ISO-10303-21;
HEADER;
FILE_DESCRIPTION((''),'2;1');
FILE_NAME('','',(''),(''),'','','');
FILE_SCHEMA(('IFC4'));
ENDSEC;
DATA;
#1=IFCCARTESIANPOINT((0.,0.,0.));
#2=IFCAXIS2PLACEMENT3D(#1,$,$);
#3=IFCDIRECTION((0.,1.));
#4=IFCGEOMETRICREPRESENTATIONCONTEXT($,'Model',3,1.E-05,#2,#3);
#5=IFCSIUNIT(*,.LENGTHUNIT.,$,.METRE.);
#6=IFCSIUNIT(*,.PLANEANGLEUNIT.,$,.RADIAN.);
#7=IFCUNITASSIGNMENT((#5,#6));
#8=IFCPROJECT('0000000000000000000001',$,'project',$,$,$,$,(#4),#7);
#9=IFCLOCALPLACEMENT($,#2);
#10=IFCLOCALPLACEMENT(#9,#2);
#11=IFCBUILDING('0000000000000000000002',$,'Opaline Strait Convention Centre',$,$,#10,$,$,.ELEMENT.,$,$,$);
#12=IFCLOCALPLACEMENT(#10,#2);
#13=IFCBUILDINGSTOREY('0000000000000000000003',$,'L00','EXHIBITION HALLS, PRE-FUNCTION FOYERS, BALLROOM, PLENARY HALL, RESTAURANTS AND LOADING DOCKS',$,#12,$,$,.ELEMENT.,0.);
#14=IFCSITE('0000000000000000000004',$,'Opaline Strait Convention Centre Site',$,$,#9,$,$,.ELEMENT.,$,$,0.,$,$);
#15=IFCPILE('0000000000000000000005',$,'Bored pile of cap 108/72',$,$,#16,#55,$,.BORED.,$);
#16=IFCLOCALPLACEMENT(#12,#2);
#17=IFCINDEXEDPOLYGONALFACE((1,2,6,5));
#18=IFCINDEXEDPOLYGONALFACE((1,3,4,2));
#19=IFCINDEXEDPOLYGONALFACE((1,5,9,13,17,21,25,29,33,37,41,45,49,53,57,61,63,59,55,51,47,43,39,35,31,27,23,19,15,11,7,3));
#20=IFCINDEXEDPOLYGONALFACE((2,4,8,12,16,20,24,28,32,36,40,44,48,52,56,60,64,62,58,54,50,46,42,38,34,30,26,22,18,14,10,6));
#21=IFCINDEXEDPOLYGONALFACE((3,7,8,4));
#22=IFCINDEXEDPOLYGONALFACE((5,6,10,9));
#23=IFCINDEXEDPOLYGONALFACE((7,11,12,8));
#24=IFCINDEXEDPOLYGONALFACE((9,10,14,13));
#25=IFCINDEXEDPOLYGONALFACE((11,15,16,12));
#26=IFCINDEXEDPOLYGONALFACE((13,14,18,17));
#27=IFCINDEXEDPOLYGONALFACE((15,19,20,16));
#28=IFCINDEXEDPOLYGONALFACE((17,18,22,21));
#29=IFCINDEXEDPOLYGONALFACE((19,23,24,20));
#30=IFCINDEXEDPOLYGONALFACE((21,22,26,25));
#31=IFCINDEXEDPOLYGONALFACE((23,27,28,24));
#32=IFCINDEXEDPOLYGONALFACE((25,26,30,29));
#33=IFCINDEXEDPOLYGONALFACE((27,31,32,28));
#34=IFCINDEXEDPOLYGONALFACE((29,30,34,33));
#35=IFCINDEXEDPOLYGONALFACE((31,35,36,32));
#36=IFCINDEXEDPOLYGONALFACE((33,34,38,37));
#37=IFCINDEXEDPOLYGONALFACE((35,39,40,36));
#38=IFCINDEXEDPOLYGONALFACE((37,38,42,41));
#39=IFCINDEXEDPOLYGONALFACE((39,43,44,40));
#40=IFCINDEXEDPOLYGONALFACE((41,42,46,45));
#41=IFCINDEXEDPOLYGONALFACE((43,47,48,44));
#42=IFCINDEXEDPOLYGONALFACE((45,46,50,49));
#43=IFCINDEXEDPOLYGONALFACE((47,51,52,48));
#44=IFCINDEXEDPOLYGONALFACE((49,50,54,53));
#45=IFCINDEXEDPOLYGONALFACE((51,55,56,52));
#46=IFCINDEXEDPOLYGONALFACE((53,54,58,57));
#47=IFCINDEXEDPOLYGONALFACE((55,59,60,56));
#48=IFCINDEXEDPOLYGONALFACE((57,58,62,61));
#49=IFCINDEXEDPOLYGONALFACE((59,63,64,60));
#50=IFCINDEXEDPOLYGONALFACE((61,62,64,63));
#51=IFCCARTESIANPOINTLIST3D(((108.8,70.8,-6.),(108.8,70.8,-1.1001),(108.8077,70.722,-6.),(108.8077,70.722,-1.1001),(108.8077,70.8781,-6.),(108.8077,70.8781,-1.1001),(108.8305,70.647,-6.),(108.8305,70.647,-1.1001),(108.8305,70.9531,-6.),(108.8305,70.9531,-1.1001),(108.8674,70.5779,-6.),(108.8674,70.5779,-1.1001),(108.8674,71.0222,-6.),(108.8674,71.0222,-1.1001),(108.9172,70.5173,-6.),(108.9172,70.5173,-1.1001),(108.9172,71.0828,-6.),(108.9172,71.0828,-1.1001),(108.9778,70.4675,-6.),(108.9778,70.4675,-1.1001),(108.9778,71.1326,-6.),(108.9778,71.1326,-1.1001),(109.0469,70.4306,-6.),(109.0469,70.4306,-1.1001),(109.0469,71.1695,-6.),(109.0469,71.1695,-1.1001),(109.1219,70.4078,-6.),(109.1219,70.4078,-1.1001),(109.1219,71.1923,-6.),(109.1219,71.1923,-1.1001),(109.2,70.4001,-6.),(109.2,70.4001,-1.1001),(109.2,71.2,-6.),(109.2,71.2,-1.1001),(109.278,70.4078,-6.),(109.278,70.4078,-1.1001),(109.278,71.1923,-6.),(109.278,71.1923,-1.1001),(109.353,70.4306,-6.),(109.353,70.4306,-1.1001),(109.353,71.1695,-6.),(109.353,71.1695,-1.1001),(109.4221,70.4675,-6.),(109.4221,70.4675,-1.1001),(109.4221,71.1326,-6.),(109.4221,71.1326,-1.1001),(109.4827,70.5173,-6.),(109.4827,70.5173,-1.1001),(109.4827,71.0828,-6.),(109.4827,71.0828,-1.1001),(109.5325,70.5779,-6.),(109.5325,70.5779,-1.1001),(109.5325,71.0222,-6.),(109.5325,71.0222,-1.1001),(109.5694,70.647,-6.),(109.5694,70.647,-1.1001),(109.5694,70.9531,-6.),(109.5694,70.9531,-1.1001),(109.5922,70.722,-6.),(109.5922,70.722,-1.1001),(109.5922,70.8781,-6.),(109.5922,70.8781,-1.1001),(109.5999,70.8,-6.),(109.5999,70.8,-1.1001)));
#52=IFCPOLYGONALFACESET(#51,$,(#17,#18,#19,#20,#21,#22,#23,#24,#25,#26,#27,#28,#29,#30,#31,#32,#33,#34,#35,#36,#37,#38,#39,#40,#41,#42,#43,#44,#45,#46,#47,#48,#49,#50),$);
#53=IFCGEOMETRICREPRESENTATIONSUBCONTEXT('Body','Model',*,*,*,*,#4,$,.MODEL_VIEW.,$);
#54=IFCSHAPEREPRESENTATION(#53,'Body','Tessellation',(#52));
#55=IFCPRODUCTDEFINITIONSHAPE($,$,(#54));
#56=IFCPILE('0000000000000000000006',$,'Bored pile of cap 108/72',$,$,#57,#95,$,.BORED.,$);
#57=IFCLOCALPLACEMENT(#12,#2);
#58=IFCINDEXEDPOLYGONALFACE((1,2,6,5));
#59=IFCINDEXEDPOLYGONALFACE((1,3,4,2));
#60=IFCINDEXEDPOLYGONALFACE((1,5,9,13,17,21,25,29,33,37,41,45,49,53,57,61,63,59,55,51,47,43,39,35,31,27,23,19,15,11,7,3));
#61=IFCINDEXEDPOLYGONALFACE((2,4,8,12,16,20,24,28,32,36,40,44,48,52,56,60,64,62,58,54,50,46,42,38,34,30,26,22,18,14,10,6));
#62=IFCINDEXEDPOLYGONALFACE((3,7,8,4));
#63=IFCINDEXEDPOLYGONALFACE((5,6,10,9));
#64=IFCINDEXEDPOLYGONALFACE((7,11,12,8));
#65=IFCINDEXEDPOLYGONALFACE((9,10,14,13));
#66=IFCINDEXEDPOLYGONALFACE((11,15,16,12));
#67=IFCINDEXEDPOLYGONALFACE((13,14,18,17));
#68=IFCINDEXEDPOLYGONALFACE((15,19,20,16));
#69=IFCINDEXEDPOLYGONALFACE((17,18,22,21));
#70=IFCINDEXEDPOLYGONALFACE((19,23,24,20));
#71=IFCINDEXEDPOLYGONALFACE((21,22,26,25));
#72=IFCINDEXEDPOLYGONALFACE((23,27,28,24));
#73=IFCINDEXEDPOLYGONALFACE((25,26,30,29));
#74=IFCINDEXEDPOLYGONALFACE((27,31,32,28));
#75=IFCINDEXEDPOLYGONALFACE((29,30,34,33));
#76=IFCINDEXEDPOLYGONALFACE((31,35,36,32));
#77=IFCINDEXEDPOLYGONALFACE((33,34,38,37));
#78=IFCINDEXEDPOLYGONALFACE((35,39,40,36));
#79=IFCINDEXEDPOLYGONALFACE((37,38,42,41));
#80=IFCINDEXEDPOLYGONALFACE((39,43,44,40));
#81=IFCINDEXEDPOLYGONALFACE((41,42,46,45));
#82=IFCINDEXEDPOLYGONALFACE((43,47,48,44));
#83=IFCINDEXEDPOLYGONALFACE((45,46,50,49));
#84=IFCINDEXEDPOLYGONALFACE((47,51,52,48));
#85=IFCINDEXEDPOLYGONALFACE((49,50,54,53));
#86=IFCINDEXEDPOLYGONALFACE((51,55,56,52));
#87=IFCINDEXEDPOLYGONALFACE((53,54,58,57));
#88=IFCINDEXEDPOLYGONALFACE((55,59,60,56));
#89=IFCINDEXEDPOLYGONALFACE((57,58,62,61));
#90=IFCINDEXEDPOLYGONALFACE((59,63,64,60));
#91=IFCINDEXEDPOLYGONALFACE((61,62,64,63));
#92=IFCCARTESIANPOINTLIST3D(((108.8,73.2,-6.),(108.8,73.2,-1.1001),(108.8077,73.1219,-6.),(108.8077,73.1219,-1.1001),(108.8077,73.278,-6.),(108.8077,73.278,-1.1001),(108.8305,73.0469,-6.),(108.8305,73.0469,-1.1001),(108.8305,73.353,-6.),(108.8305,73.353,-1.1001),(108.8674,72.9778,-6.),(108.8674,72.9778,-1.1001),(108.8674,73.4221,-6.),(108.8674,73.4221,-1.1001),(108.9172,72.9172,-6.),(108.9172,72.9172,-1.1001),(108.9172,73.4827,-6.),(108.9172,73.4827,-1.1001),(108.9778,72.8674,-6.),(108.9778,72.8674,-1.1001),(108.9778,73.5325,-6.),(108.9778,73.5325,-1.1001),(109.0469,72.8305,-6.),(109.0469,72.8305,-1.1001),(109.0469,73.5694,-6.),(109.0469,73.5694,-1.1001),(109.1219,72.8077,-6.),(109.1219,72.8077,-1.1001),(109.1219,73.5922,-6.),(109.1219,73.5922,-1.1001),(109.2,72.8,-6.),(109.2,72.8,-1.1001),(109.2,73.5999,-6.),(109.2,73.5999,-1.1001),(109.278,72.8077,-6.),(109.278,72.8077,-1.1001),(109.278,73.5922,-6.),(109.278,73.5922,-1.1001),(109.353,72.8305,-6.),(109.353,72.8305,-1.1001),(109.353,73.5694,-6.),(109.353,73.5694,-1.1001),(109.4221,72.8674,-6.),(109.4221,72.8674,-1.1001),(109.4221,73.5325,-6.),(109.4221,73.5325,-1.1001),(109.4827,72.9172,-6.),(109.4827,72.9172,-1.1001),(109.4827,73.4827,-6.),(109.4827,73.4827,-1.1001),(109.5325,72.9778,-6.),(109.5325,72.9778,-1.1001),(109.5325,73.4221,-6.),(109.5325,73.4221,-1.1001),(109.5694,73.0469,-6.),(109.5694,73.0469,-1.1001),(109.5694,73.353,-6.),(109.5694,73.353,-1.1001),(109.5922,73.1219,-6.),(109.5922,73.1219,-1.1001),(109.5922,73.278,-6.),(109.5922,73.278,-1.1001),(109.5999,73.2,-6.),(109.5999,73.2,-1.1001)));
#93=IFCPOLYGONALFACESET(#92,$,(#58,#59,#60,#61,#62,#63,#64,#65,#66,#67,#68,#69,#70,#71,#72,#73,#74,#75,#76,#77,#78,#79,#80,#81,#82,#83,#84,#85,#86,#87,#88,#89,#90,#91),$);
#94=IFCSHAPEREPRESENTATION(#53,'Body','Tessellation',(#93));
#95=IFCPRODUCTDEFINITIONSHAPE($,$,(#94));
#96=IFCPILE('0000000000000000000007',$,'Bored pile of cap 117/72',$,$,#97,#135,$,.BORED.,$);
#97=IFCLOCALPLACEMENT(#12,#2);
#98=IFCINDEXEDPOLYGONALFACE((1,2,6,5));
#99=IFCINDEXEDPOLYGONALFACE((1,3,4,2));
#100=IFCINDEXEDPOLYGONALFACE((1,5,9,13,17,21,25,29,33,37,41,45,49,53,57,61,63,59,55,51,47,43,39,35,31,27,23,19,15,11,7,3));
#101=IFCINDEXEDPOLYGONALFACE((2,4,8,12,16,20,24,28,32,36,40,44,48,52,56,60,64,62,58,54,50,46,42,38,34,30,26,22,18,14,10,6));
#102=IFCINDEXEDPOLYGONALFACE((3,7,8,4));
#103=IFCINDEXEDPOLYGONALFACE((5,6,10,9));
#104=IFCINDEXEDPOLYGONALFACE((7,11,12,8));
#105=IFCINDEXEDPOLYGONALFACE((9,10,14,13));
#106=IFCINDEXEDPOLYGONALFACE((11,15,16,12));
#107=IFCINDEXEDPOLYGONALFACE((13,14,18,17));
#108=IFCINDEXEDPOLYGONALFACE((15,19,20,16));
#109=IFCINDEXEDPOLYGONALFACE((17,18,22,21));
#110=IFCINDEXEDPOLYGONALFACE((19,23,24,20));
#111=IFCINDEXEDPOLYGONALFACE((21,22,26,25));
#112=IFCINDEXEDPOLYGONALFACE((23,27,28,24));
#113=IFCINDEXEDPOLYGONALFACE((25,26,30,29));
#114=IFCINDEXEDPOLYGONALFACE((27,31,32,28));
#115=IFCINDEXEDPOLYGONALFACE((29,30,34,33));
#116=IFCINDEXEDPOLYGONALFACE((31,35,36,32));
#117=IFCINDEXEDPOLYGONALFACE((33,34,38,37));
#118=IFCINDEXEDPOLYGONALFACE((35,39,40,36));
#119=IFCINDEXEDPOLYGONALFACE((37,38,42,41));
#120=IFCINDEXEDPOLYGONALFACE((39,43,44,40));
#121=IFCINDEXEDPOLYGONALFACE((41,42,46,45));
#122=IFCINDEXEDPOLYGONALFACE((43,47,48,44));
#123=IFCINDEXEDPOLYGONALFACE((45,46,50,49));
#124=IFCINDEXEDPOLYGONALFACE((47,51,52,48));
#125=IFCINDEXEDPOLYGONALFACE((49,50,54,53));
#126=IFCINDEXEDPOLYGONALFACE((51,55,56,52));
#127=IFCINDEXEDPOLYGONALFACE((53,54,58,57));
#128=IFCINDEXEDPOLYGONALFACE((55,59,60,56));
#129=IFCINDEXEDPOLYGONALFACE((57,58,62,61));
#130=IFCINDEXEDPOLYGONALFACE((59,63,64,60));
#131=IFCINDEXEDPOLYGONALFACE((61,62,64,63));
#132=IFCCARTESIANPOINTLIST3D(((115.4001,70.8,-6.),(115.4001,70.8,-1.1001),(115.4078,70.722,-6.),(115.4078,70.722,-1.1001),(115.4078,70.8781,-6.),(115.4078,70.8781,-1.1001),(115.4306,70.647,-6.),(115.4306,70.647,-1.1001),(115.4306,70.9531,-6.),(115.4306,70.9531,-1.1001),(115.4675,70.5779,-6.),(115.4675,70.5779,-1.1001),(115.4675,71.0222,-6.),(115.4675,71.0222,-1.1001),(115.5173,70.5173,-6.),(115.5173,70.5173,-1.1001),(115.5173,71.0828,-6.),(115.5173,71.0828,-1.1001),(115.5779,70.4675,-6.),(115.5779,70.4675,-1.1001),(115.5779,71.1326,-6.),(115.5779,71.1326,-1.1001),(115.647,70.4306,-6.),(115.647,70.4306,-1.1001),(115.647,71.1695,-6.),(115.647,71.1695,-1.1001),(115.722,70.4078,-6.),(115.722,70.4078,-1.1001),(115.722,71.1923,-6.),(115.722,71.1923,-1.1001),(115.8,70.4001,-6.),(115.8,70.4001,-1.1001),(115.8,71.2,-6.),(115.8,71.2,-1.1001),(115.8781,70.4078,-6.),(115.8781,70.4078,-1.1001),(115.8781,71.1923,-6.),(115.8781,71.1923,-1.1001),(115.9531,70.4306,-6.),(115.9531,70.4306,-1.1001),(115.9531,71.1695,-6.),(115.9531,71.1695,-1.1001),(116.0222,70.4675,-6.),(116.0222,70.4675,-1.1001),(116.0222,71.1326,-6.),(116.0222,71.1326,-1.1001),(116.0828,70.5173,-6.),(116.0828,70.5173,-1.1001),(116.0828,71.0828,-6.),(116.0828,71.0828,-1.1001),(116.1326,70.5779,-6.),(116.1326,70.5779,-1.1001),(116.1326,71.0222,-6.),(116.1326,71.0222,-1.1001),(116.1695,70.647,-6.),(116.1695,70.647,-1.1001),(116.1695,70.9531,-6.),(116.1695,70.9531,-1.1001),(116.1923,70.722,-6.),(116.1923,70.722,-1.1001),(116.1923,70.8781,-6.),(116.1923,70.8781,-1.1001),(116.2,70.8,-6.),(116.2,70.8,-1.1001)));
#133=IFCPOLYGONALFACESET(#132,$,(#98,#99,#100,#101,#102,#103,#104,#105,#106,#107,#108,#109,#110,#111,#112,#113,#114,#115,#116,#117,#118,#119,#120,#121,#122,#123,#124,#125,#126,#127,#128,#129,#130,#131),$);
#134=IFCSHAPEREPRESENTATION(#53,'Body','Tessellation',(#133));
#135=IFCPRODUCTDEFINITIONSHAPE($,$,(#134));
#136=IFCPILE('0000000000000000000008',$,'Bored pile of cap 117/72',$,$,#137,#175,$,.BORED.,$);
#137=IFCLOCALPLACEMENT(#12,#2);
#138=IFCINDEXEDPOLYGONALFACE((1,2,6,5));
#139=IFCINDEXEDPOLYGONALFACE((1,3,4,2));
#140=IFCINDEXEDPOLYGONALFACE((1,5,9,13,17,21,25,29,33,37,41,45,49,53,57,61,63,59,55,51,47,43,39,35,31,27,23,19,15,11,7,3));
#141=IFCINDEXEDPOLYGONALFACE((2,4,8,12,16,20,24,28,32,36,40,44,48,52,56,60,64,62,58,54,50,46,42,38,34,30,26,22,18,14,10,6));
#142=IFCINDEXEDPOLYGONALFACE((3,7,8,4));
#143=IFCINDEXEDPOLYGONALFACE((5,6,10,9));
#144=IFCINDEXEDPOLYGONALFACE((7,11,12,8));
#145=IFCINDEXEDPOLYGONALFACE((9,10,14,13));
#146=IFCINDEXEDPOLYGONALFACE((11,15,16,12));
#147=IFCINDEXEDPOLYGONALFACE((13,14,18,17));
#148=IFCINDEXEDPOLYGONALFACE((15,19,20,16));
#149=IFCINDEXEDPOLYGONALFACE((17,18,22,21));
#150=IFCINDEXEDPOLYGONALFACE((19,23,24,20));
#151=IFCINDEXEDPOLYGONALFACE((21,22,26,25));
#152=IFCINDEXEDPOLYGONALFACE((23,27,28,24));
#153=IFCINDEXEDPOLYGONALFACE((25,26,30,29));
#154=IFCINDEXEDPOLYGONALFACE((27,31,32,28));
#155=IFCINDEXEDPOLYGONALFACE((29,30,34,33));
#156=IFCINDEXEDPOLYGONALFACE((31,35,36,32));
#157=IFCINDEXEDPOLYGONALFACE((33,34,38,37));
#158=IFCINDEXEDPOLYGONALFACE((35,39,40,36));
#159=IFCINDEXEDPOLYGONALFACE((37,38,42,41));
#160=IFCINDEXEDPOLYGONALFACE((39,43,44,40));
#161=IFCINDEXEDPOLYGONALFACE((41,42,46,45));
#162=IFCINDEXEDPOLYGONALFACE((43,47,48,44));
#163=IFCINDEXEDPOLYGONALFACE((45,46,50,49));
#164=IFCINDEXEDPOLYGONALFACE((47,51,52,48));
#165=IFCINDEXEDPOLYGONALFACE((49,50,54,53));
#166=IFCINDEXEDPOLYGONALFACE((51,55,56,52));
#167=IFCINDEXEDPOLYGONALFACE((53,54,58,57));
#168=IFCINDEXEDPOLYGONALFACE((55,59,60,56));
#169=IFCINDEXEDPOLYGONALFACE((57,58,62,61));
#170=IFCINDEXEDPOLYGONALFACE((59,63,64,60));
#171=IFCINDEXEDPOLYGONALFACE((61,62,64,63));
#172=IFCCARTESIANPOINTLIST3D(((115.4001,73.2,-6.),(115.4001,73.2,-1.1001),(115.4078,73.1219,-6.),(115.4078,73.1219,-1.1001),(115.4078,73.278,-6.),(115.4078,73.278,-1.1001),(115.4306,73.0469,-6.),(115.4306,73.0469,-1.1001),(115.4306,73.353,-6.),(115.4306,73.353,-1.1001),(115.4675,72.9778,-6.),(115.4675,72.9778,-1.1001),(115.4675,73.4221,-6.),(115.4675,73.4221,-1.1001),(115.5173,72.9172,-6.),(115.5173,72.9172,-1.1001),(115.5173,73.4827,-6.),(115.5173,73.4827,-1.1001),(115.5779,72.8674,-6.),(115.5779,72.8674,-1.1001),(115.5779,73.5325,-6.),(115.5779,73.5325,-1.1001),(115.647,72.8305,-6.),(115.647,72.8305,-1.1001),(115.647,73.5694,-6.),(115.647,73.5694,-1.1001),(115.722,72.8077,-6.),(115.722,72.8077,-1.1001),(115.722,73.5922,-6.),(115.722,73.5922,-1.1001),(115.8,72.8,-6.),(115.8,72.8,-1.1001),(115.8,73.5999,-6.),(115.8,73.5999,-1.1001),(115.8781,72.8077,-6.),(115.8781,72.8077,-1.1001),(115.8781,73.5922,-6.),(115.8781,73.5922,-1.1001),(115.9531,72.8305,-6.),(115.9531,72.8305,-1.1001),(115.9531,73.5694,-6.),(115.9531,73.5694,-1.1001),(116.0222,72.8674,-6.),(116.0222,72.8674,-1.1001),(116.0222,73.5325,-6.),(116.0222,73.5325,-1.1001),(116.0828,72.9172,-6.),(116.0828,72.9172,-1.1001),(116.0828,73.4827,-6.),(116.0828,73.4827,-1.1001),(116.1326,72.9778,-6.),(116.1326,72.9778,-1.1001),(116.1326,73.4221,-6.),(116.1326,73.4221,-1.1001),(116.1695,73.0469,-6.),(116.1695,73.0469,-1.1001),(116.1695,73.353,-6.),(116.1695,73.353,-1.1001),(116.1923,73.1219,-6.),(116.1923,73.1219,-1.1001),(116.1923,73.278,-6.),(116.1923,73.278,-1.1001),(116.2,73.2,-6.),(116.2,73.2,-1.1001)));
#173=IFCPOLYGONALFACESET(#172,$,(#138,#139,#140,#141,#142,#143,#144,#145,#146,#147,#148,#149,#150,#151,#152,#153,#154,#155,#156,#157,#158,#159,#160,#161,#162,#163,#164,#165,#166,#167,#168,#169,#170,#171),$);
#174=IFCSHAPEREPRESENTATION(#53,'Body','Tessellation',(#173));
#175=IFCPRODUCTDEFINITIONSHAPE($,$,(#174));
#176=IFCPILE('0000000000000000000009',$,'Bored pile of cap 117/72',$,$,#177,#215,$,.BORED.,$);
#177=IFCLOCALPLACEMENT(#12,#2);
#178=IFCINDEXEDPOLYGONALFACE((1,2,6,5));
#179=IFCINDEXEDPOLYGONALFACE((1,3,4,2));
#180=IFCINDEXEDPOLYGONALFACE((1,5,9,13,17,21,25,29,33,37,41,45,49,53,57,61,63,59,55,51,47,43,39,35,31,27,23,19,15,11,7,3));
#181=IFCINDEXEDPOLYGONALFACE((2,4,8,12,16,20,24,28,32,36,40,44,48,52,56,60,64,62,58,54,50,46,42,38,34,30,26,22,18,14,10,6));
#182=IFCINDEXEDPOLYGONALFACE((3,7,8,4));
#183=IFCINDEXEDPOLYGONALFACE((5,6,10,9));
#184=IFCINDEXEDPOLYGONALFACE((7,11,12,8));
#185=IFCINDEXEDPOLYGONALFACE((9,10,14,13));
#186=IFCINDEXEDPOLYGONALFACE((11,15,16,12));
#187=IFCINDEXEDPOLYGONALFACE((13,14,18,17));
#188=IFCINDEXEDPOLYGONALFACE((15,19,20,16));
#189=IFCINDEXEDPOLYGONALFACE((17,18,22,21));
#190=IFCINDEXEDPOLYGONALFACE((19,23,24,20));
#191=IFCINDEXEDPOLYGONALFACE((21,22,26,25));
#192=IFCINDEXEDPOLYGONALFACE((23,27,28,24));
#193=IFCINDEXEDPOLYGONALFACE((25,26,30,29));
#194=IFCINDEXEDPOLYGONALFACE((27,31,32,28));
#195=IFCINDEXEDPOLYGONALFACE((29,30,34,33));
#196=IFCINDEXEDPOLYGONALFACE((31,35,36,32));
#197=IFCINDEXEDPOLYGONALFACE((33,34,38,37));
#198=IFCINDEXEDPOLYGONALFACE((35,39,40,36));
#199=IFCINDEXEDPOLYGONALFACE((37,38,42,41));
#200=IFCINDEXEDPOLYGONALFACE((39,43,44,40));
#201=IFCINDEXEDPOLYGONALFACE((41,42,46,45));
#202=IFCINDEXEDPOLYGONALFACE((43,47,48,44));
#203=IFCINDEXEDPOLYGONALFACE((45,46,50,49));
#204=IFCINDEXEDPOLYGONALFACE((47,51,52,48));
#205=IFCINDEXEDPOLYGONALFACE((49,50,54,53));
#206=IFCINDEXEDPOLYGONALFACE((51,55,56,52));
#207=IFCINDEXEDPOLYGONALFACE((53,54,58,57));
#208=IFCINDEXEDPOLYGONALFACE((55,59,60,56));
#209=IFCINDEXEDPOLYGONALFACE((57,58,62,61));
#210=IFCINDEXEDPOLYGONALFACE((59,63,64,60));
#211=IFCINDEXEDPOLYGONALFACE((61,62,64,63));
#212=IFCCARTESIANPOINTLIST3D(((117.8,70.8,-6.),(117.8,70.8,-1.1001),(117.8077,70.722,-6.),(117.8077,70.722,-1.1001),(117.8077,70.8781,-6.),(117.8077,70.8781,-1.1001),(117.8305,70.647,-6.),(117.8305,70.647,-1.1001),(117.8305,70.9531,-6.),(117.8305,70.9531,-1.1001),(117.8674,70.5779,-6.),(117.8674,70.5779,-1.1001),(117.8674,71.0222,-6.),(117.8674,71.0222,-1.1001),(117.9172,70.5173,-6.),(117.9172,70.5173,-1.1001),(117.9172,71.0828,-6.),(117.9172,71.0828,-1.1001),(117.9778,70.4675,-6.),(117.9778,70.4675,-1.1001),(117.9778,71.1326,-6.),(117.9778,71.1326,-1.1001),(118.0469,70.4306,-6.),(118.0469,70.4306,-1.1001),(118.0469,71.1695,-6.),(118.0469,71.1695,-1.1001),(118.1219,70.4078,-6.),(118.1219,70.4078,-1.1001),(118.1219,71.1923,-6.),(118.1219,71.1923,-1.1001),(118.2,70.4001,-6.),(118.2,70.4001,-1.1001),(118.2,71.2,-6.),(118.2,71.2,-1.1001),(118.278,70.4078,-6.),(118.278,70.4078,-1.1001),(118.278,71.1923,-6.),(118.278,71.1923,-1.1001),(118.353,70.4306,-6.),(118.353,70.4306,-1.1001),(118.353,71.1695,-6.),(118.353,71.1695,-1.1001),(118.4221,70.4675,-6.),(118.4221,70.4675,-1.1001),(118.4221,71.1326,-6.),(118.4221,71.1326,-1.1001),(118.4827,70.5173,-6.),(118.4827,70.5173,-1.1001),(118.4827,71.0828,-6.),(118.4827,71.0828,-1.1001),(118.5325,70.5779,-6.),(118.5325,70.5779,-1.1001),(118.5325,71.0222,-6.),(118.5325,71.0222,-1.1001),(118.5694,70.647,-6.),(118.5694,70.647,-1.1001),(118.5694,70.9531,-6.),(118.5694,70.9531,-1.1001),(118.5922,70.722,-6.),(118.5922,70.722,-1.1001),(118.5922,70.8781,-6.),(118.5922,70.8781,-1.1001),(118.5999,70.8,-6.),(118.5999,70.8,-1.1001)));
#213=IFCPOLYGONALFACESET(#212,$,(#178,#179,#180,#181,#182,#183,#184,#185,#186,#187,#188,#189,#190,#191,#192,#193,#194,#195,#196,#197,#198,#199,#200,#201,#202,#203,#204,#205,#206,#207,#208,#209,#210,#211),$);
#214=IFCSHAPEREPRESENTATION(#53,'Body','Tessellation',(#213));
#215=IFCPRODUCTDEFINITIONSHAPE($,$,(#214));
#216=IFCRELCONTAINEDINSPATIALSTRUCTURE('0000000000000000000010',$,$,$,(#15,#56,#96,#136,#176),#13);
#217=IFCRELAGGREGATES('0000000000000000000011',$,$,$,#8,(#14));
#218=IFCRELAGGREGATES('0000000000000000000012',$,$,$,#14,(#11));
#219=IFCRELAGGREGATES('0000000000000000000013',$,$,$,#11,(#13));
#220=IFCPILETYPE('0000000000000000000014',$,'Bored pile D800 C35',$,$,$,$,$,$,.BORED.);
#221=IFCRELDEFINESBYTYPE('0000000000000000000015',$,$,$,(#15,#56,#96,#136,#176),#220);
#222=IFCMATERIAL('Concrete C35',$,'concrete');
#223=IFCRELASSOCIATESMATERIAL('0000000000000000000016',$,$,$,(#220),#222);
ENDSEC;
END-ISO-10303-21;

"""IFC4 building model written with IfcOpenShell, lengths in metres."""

from ifc_helpers import new_model, si_unit, direction, frame, origin, origin_2d, place, context, subcontext, project, spatial, circle, extrude, material, material_profile, profile_set, type_object, element, save


model = new_model("IFC4")

# Units and contexts
model_context = context("Model", 3, precision=1e-05, world=origin(), true_north=direction((0.0, 1.0)))
body_context = subcontext(model_context, "Body", "Model", "MODEL_VIEW")
ifc_project = project(units=[si_unit("LENGTHUNIT", "METRE"), si_unit("PLANEANGLEUNIT", "RADIAN")], contexts=[model_context])

# Site, building, storey
site_placement = place(None, origin())
site = spatial("IfcSite", under=ifc_project, at=site_placement, Name="Opaline Strait Convention Centre Site", CompositionType="ELEMENT", RefElevation=0.0)
building_placement = place(site_placement, origin())
building = spatial("IfcBuilding", under=site, at=building_placement, Name="Opaline Strait Convention Centre", CompositionType="ELEMENT")
storey_placement = place(building_placement, origin())
storey = spatial("IfcBuildingStorey", under=building, at=storey_placement, Name="L00", Description="EXHIBITION HALLS, PRE-FUNCTION FOYERS, BALLROOM, PLENARY HALL, RESTAURANTS AND LOADING DOCKS", CompositionType="ELEMENT", Elevation=0.0)

# Piles
ifc_material_1 = material(Name="Concrete C35", Category="concrete")
ifc_material_profile_1 = material_profile(ifc_material_1, circle(Radius=0.3999, at=origin_2d()), Name="D800")
ifc_profile_set_1 = profile_set([ifc_material_profile_1], Name="Concrete C35")
pile_type_1 = type_object("IfcPileType", Name="Bored pile D800 C35", PredefinedType="BORED", material=ifc_profile_set_1)
for number, where, z_axis, x_axis, name in (
    (1, (109.2, 70.8, -1.1001), (0.0, 0.0, -1.0), (1.0, 0.0, 0.0), "Bored pile of cap 108/72"),
    (2, (109.2, 73.2, -1.1001), (0.0, 0.0, -1.0), (1.0, 0.0, 0.0), "Bored pile of cap 108/72"),
    (3, (115.8, 70.8, -1.1001), (0.0, 0.0, -1.0), (1.0, 0.0, 0.0), "Bored pile of cap 117/72"),
    (4, (115.8, 73.2, -1.1001), (0.0, 0.0, -1.0), (1.0, 0.0, 0.0), "Bored pile of cap 117/72"),
    (5, (118.2, 70.8, -1.1001), (0.0, 0.0, -1.0), (1.0, 0.0, 0.0), "Bored pile of cap 117/72"),
):
    element("IfcPile", number, at=place(storey_placement, frame(where, z_axis=z_axis, x_axis=x_axis)), inside=storey, type_object=pile_type_1, Name=name, PredefinedType="BORED", context=body_context, shape_type="SweptSolid", body=[
        extrude(circle(Radius=0.3999, at=origin_2d()), origin(), (0.0, 0.0, 1.0), 4.8999),
    ])

save(model, "model.ifc")
